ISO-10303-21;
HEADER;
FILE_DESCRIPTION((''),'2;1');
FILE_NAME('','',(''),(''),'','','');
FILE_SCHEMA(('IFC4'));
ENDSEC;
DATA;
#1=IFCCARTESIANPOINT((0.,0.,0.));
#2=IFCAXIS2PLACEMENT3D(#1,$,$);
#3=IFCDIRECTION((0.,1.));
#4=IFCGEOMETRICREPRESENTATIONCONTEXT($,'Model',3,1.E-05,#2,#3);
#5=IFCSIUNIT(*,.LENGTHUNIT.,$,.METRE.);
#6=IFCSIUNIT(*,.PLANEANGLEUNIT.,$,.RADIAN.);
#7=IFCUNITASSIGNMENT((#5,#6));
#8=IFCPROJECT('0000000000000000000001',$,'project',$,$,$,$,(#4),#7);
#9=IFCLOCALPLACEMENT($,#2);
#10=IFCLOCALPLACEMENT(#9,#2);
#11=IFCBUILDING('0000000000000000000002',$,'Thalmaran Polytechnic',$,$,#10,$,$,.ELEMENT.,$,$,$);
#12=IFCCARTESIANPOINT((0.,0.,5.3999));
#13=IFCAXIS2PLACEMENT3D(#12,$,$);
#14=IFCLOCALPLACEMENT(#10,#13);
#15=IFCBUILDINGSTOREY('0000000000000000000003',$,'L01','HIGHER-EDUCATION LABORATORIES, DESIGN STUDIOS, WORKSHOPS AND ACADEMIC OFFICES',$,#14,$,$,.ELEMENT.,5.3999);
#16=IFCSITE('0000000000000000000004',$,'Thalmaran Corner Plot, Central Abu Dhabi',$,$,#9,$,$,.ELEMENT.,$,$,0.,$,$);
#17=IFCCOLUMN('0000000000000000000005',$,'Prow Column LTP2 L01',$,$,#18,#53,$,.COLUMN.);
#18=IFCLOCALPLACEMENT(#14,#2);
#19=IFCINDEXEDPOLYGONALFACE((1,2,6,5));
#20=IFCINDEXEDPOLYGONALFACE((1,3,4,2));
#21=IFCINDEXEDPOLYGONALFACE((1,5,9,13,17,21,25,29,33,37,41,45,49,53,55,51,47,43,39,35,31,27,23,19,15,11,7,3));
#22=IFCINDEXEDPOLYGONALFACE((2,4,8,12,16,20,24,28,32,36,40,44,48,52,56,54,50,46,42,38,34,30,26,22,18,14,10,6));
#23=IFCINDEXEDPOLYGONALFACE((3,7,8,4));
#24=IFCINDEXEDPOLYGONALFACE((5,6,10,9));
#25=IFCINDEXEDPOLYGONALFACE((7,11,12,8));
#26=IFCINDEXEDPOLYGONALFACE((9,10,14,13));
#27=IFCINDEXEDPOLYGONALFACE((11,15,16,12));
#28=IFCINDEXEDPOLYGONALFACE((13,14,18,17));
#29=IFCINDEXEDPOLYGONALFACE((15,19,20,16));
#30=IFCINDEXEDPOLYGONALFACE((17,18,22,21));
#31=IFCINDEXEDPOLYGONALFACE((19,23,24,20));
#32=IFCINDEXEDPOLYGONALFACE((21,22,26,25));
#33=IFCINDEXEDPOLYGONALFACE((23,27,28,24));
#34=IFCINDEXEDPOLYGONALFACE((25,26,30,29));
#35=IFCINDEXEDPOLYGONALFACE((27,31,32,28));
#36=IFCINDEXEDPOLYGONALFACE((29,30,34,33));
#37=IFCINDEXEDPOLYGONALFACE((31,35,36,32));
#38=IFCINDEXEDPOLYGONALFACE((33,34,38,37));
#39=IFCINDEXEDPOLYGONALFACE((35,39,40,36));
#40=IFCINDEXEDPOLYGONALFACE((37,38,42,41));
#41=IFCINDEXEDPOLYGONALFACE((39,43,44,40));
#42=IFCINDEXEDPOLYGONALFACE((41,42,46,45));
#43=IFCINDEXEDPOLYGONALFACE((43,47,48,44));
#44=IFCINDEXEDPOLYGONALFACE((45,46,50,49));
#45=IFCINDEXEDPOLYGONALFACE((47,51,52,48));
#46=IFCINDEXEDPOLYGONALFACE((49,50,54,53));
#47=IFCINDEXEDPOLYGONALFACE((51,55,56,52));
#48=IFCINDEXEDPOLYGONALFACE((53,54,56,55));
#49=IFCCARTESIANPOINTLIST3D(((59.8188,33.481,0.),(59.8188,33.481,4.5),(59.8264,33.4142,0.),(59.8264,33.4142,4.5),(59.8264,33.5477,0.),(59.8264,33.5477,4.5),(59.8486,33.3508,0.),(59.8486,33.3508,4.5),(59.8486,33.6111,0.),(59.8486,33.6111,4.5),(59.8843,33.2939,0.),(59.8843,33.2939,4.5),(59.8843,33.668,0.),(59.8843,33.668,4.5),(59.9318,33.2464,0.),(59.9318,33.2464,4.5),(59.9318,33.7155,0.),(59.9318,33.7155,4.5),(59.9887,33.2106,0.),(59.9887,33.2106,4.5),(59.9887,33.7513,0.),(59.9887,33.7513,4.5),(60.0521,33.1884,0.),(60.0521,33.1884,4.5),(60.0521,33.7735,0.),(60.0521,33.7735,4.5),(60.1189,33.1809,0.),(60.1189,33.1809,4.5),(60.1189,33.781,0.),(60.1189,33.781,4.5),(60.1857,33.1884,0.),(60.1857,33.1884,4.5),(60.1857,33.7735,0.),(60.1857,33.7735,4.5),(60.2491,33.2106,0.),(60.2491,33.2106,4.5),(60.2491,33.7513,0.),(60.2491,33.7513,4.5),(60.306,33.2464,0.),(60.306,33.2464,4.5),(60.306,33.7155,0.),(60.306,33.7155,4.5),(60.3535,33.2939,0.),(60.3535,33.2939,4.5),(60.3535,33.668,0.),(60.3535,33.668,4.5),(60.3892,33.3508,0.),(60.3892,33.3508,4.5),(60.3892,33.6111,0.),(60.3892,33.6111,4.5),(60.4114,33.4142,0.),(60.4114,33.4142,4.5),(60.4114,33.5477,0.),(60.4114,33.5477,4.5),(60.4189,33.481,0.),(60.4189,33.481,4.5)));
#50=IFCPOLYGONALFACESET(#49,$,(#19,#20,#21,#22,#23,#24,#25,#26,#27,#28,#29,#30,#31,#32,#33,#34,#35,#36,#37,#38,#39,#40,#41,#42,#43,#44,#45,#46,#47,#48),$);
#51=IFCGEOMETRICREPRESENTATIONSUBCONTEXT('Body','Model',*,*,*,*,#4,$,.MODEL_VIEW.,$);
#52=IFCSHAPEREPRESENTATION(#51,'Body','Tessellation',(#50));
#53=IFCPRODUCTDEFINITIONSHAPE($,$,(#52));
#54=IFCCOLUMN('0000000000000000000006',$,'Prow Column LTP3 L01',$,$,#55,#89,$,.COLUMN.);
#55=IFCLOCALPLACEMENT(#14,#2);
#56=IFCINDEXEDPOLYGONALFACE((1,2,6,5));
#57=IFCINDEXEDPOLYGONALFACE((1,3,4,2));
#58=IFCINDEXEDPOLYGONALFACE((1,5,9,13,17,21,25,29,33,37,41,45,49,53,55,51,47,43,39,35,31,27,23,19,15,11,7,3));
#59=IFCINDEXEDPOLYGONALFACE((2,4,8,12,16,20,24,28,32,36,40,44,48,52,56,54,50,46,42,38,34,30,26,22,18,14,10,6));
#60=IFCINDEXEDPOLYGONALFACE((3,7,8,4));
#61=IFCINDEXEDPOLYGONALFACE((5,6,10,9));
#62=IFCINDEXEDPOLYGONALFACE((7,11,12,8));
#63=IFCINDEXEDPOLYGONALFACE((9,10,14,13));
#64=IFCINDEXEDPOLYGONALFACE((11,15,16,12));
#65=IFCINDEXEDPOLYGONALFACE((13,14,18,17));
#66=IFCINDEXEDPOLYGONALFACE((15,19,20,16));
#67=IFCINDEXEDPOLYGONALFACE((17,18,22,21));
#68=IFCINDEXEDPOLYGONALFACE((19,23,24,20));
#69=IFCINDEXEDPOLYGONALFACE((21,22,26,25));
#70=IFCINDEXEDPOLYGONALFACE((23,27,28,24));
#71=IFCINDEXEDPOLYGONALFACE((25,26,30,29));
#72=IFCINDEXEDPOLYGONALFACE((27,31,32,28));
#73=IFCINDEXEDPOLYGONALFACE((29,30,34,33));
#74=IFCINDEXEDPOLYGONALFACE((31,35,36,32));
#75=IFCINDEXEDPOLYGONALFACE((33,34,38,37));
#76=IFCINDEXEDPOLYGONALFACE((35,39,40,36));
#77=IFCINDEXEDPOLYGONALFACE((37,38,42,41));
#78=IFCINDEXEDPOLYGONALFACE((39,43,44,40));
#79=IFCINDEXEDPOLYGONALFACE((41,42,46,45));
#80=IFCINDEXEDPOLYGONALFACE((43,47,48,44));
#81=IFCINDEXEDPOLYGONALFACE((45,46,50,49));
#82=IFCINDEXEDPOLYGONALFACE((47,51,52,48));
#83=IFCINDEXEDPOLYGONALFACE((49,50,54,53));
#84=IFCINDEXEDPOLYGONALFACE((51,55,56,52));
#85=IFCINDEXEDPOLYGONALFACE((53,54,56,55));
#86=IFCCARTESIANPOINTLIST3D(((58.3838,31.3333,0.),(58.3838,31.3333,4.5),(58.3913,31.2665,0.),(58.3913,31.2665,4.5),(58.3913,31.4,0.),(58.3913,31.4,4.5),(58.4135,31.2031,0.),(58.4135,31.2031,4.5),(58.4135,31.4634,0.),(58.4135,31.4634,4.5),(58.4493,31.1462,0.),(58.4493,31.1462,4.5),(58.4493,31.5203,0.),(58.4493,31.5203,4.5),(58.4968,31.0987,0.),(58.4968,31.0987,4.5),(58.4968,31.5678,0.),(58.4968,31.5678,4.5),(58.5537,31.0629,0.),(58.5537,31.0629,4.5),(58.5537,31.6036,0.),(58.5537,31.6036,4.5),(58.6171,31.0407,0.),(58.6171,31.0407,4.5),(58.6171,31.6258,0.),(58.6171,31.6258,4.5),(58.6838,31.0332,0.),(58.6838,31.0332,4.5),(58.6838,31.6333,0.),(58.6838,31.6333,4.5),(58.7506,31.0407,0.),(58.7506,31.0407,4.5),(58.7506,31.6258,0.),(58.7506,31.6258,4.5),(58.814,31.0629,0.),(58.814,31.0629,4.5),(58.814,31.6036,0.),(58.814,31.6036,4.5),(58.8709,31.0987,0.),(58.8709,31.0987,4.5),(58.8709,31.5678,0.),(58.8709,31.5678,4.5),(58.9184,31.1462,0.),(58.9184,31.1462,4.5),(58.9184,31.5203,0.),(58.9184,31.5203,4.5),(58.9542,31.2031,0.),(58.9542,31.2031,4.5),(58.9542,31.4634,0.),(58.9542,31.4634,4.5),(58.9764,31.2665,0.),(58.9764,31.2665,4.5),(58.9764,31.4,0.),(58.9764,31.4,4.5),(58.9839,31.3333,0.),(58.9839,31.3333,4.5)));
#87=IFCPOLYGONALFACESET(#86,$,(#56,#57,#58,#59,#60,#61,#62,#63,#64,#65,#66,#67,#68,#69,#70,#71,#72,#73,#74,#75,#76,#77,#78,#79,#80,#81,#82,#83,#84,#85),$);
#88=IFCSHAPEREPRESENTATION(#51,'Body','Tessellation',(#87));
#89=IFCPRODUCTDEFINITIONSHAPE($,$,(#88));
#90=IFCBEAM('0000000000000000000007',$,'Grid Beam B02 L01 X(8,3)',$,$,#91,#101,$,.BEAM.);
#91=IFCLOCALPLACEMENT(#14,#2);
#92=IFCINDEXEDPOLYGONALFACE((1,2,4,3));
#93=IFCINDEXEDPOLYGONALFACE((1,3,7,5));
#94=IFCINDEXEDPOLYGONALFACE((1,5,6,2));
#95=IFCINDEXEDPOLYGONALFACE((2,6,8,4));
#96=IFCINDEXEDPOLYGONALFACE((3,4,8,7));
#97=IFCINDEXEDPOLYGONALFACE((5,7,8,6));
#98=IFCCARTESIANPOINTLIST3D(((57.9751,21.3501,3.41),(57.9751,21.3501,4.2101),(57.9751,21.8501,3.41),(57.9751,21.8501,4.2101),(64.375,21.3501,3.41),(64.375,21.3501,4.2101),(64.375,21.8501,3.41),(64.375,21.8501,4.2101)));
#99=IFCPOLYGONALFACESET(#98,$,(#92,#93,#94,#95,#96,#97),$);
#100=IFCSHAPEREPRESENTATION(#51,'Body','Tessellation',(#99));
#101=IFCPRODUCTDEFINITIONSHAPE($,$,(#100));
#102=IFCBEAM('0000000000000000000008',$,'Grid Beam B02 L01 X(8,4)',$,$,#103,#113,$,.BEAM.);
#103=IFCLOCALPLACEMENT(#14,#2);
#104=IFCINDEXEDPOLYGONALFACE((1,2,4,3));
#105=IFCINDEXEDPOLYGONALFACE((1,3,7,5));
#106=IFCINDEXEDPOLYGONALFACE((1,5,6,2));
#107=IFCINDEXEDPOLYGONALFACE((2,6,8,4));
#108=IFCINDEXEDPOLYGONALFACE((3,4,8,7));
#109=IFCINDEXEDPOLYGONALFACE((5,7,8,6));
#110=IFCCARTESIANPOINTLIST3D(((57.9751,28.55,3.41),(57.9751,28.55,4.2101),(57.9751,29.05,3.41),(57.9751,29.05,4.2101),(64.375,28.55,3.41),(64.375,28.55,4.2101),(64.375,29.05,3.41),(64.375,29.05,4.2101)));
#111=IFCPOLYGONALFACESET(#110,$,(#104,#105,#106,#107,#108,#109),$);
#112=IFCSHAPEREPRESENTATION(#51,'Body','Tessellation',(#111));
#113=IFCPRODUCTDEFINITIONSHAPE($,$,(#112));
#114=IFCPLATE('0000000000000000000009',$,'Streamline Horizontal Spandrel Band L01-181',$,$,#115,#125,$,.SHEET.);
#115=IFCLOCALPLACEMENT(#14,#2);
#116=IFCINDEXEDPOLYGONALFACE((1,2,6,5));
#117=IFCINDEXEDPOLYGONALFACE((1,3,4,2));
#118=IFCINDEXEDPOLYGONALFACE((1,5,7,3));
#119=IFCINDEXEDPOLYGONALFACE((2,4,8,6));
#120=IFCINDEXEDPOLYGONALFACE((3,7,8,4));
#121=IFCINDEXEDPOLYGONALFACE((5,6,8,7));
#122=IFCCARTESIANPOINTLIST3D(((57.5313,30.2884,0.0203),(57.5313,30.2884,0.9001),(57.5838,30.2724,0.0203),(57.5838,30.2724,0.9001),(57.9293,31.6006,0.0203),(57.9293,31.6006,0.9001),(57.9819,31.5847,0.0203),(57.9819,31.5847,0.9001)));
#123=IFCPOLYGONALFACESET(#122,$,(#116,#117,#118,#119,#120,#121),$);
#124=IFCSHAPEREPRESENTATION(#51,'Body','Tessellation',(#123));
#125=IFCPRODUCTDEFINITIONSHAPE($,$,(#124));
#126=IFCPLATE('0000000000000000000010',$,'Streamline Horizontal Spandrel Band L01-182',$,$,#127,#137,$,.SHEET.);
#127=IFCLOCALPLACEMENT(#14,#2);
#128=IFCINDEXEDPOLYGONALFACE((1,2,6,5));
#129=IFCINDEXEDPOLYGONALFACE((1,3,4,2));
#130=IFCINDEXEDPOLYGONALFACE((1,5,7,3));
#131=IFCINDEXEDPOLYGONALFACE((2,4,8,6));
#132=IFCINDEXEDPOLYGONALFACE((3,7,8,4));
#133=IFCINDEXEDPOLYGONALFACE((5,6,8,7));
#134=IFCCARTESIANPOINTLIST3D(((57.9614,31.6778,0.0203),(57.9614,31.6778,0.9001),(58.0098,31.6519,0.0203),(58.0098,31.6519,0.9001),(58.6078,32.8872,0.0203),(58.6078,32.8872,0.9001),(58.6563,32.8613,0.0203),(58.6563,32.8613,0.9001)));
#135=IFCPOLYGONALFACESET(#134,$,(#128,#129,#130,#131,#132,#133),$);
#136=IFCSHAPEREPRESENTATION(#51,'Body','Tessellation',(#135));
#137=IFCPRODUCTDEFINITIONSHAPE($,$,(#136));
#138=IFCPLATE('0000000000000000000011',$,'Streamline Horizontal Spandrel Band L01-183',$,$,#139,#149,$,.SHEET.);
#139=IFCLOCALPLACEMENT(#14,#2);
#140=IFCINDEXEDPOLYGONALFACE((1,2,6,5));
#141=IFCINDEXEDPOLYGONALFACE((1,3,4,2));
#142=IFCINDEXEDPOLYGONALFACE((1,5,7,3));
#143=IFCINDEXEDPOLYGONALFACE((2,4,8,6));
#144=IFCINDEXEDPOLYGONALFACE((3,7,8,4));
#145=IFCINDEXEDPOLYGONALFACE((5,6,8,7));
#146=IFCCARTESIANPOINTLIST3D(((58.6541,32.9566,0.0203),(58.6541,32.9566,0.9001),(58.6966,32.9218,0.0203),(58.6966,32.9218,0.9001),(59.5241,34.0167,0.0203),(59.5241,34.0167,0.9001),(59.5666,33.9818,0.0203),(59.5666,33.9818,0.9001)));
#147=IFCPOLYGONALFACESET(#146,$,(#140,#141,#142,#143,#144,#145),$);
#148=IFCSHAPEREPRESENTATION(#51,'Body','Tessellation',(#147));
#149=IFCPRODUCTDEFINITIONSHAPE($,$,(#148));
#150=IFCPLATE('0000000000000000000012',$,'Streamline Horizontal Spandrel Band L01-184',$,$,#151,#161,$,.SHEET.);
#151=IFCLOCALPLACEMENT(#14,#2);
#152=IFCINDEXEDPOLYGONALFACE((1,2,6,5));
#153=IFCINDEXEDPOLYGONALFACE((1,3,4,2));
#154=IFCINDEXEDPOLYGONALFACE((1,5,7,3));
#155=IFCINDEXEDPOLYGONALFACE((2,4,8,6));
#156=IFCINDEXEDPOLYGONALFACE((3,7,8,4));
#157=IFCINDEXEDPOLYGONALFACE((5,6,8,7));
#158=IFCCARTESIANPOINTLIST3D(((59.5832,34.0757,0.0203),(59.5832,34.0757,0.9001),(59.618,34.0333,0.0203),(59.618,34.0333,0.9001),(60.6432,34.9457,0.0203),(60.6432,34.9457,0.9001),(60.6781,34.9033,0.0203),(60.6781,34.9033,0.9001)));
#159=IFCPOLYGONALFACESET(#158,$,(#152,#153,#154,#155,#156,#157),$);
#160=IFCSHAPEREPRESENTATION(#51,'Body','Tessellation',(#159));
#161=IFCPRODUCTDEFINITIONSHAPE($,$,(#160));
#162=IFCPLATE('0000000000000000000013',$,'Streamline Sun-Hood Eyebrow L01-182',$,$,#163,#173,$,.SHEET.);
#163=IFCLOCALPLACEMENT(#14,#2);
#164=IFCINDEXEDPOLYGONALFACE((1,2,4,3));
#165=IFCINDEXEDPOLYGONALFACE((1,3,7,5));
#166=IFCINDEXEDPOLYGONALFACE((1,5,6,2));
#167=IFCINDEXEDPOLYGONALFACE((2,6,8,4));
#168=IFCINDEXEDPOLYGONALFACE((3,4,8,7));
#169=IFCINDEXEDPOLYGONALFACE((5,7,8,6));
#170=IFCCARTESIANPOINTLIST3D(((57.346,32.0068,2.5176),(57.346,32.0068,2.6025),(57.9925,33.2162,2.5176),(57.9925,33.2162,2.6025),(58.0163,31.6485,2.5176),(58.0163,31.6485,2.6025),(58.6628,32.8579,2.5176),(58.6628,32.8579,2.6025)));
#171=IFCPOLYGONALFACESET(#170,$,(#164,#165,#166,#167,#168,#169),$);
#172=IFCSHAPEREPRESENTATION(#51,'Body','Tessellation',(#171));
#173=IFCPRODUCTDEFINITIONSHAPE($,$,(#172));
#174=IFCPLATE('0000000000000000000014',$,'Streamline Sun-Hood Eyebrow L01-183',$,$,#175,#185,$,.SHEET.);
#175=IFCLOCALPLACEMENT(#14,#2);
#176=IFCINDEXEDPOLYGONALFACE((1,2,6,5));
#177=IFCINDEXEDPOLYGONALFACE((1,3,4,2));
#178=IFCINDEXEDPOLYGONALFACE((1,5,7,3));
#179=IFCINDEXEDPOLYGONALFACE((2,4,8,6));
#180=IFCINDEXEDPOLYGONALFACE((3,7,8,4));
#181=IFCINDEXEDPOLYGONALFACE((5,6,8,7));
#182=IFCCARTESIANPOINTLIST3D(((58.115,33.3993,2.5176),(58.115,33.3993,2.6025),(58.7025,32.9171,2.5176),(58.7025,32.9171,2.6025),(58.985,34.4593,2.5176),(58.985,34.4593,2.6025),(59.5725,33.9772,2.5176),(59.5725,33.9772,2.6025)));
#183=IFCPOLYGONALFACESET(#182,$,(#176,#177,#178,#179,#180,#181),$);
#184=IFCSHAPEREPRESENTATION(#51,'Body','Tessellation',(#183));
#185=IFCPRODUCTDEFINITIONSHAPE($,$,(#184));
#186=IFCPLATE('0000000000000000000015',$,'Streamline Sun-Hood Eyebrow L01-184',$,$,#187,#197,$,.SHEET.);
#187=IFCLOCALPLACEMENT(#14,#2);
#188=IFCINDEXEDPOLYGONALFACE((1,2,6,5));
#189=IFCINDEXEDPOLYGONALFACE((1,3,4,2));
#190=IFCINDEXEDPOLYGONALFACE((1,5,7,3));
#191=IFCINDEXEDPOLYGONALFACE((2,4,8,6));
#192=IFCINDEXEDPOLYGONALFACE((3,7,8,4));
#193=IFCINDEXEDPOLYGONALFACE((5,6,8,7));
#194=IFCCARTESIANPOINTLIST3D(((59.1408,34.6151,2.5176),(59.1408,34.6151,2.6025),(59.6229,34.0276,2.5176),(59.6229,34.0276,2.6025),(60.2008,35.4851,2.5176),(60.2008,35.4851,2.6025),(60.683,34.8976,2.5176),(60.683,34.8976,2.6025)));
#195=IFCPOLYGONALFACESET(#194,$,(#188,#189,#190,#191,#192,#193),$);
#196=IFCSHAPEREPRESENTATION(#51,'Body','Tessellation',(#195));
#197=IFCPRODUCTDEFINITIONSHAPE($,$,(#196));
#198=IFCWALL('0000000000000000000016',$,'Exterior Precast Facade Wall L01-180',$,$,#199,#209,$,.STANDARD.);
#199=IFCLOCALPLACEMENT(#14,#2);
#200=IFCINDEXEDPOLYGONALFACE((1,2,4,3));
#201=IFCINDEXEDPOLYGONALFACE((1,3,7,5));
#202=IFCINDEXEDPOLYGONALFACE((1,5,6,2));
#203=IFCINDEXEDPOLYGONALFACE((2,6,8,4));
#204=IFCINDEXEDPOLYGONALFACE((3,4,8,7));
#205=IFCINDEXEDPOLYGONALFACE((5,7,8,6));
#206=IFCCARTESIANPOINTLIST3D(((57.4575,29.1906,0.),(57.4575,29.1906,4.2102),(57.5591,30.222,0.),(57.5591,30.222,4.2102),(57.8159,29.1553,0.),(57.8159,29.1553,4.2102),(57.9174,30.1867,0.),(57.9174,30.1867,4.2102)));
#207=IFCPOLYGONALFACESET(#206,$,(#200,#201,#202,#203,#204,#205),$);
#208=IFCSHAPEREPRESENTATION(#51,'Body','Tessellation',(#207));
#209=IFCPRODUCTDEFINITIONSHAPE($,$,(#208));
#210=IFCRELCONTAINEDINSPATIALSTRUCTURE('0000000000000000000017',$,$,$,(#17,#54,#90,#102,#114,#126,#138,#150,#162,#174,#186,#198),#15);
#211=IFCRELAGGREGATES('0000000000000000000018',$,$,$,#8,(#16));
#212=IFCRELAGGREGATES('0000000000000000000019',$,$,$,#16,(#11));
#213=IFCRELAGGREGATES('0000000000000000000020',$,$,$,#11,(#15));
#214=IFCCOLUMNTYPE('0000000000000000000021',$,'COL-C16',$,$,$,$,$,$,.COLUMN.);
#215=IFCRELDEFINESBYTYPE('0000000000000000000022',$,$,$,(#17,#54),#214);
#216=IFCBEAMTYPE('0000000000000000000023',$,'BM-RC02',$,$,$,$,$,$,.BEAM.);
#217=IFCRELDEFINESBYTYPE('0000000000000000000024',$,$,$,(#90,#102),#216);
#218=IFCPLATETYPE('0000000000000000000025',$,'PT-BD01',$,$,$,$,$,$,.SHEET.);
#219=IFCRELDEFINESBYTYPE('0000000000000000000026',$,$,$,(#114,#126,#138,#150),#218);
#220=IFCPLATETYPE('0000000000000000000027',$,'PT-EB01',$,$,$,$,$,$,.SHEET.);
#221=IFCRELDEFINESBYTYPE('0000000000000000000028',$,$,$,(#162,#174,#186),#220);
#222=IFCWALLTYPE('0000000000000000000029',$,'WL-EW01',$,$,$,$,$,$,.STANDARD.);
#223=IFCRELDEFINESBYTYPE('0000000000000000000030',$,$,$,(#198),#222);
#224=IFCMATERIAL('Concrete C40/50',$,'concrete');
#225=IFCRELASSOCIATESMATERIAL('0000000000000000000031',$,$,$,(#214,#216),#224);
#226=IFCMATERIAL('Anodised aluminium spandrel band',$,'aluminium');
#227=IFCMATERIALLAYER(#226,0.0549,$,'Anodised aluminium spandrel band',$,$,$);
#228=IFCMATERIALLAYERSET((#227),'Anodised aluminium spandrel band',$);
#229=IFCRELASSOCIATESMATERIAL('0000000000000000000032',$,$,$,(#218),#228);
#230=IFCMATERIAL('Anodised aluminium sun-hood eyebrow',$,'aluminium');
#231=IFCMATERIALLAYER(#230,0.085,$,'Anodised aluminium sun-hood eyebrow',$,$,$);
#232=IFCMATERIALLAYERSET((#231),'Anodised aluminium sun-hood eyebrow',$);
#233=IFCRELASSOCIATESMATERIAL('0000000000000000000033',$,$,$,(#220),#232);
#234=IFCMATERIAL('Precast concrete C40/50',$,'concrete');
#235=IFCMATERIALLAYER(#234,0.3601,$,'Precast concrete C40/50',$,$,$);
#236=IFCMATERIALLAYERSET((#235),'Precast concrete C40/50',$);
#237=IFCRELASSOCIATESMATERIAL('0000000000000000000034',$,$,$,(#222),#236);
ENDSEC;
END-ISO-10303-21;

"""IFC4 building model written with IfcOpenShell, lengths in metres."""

from ifc_helpers import new_model, si_unit, direction, frame, frame_2d, origin, origin_2d, place, context, subcontext, project, spatial, rectangle, circle, extrude, material, layer, layer_set, material_profile, profile_set, type_object, element, save


model = new_model("IFC4")

# Units and contexts
model_context = context("Model", 3, precision=1e-05, world=origin(), true_north=direction((0.0, 1.0)))
body_context = subcontext(model_context, "Body", "Model", "MODEL_VIEW")
ifc_project = project(units=[si_unit("LENGTHUNIT", "METRE"), si_unit("PLANEANGLEUNIT", "RADIAN")], contexts=[model_context])

# Site, building, storey
site_placement = place(None, origin())
site = spatial("IfcSite", under=ifc_project, at=site_placement, Name="Thalmaran Corner Plot, Central Abu Dhabi", CompositionType="ELEMENT", RefElevation=0.0)
building_placement = place(site_placement, origin())
building = spatial("IfcBuilding", under=site, at=building_placement, Name="Thalmaran Polytechnic", CompositionType="ELEMENT")
storey_placement = place(building_placement, frame((0.0, 0.0, 5.3999)))
storey = spatial("IfcBuildingStorey", under=building, at=storey_placement, Name="L01", Description="HIGHER-EDUCATION LABORATORIES, DESIGN STUDIOS, WORKSHOPS AND ACADEMIC OFFICES", CompositionType="ELEMENT", Elevation=5.3999)

# Columns
ifc_material_1 = material(Name="Concrete C40/50", Category="concrete")
ifc_material_profile_1 = material_profile(ifc_material_1, circle(Radius=0.3, at=origin_2d()), Name="RC 600 DIA")
ifc_profile_set_1 = profile_set([ifc_material_profile_1], Name="Concrete C40/50")
column_type = type_object("IfcColumnType", Name="COL-C16", PredefinedType="COLUMN", material=ifc_profile_set_1)
for number, where, z_axis, x_axis, name in (
    (1, (60.1189, 33.481, 0.0), (0.0, 0.0, 1.0), (1.0, 0.0, 0.0), "Prow Column LTP2 L01"),
    (2, (58.6838, 31.3333, 0.0), (0.0, 0.0, 1.0), (1.0, 0.0, 0.0), "Prow Column LTP3 L01"),
):
    element("IfcColumn", number, at=place(storey_placement, frame(where, z_axis=z_axis, x_axis=x_axis)), inside=storey, type_object=column_type, Name=name, PredefinedType="COLUMN", context=body_context, shape_type="SweptSolid", body=[
        extrude(circle(Radius=0.3, at=origin_2d()), origin(), (0.0, 0.0, 1.0), 4.5),
    ])

# Beams
ifc_material_profile_2 = material_profile(ifc_material_1, rectangle(XDim=0.5, YDim=0.8, at=origin_2d()), Name="RC 500x800")
ifc_profile_set_2 = profile_set([ifc_material_profile_2], Name="Concrete C40/50")
beam_type = type_object("IfcBeamType", Name="BM-RC02", PredefinedType="BEAM", material=ifc_profile_set_2)
for number, where, z_axis, x_axis, name in (
    (3, (57.9751, 21.6001, 3.8101), (1.0, 0.0, 0.0), (0.0, 1.0, 0.0), "Grid Beam B02 L01 X(8,3)"),
    (4, (57.9751, 28.8, 3.8101), (1.0, 0.0, 0.0), (0.0, 1.0, 0.0), "Grid Beam B02 L01 X(8,4)"),
):
    element("IfcBeam", number, at=place(storey_placement, frame(where, z_axis=z_axis, x_axis=x_axis)), inside=storey, type_object=beam_type, Name=name, PredefinedType="BEAM", context=body_context, shape_type="SweptSolid", body=[
        extrude(rectangle(XDim=0.5, YDim=0.8, at=origin_2d()), origin(), (0.0, 0.0, 1.0), 6.3999),
    ])

# Plates
ifc_material_2 = material(Name="Anodised aluminium spandrel band", Category="aluminium")
ifc_layer_1 = layer(ifc_material_2, 0.0549, Name="Anodised aluminium spandrel band")
ifc_layer_set_1 = layer_set([ifc_layer_1], Name="Anodised aluminium spandrel band")
plate_type_1 = type_object("IfcPlateType", Name="PT-BD01", PredefinedType="SHEET", material=ifc_layer_set_1)
for number, where, z_axis, x_axis, name in (
    (5, (57.7566, 30.9365, 0.0203), (0.0, 0.0, 1.0), (0.290285, 0.95694, 0.0), "Streamline Horizontal Spandrel Band L01-181"),
    (6, (58.3088, 32.2695, 0.0203), (0.0, 0.0, 1.0), (0.471397, 0.881921, 0.0), "Streamline Horizontal Spandrel Band L01-182"),
    (7, (59.1104, 33.4692, 0.0203), (0.0, 0.0, 1.0), (0.634393, 0.77301, 0.0), "Streamline Horizontal Spandrel Band L01-183"),
    (8, (60.1306, 34.4895, 0.0203), (0.0, 0.0, 1.0), (0.77301, 0.634393, 0.0), "Streamline Horizontal Spandrel Band L01-184"),
):
    element("IfcPlate", number, at=place(storey_placement, frame(where, z_axis=z_axis, x_axis=x_axis)), inside=storey, type_object=plate_type_1, Name=name, PredefinedType="SHEET", context=body_context, shape_type="SweptSolid", body=[
        extrude(rectangle(XDim=1.3713, YDim=0.0549, at=origin_2d()), origin(), (0.0, 0.0, 1.0), 0.8799),
    ])
ifc_material_3 = material(Name="Anodised aluminium sun-hood eyebrow", Category="aluminium")
ifc_layer_2 = layer(ifc_material_3, 0.085, Name="Anodised aluminium sun-hood eyebrow")
ifc_layer_set_2 = layer_set([ifc_layer_2], Name="Anodised aluminium sun-hood eyebrow")
plate_type_2 = type_object("IfcPlateType", Name="PT-EB01", PredefinedType="SHEET", material=ifc_layer_set_2)
for number, where, z_axis, x_axis, name in (
    (9, (58.0044, 32.4324, 2.5176), (0.0, 0.0, 1.0), (0.471397, 0.881921, 0.0), "Streamline Sun-Hood Eyebrow L01-182"),
    (10, (58.8438, 33.6882, 2.5176), (0.0, 0.0, 1.0), (0.634393, 0.77301, 0.0), "Streamline Sun-Hood Eyebrow L01-183"),
    (11, (59.9119, 34.7563, 2.5176), (0.0, 0.0, 1.0), (0.77301, 0.634393, 0.0), "Streamline Sun-Hood Eyebrow L01-184"),
):
    element("IfcPlate", number, at=place(storey_placement, frame(where, z_axis=z_axis, x_axis=x_axis)), inside=storey, type_object=plate_type_2, Name=name, PredefinedType="SHEET", context=body_context, shape_type="SweptSolid", body=[
        extrude(rectangle(XDim=1.3713, YDim=0.76, at=origin_2d()), origin(), (0.0, 0.0, 1.0), 0.085),
    ])

# Wall
ifc_material_4 = material(Name="Precast concrete C40/50", Category="concrete")
ifc_layer_3 = layer(ifc_material_4, 0.3601, Name="Precast concrete C40/50")
ifc_layer_set_3 = layer_set([ifc_layer_3], Name="Precast concrete C40/50")
wall_type_1 = type_object("IfcWallType", Name="WL-EW01", PredefinedType="STANDARD", material=ifc_layer_set_3)
wall_1_placement = place(storey_placement, frame((57.6367, 29.1731, 0.0), z_axis=(0.0, 0.0, 1.0), x_axis=(0.097988, 0.995188, 0.0)))
element("IfcWall", 12, at=wall_1_placement, inside=storey, type_object=wall_type_1, Name="Exterior Precast Facade Wall L01-180", PredefinedType="STANDARD", context=body_context, shape_type="SweptSolid", body=[
    extrude(rectangle(XDim=1.0364, YDim=0.3601, at=frame_2d((0.5181, 0.0))), origin(), (0.0, 0.0, 1.0), 4.2102),
])

save(model, "model.ifc")
